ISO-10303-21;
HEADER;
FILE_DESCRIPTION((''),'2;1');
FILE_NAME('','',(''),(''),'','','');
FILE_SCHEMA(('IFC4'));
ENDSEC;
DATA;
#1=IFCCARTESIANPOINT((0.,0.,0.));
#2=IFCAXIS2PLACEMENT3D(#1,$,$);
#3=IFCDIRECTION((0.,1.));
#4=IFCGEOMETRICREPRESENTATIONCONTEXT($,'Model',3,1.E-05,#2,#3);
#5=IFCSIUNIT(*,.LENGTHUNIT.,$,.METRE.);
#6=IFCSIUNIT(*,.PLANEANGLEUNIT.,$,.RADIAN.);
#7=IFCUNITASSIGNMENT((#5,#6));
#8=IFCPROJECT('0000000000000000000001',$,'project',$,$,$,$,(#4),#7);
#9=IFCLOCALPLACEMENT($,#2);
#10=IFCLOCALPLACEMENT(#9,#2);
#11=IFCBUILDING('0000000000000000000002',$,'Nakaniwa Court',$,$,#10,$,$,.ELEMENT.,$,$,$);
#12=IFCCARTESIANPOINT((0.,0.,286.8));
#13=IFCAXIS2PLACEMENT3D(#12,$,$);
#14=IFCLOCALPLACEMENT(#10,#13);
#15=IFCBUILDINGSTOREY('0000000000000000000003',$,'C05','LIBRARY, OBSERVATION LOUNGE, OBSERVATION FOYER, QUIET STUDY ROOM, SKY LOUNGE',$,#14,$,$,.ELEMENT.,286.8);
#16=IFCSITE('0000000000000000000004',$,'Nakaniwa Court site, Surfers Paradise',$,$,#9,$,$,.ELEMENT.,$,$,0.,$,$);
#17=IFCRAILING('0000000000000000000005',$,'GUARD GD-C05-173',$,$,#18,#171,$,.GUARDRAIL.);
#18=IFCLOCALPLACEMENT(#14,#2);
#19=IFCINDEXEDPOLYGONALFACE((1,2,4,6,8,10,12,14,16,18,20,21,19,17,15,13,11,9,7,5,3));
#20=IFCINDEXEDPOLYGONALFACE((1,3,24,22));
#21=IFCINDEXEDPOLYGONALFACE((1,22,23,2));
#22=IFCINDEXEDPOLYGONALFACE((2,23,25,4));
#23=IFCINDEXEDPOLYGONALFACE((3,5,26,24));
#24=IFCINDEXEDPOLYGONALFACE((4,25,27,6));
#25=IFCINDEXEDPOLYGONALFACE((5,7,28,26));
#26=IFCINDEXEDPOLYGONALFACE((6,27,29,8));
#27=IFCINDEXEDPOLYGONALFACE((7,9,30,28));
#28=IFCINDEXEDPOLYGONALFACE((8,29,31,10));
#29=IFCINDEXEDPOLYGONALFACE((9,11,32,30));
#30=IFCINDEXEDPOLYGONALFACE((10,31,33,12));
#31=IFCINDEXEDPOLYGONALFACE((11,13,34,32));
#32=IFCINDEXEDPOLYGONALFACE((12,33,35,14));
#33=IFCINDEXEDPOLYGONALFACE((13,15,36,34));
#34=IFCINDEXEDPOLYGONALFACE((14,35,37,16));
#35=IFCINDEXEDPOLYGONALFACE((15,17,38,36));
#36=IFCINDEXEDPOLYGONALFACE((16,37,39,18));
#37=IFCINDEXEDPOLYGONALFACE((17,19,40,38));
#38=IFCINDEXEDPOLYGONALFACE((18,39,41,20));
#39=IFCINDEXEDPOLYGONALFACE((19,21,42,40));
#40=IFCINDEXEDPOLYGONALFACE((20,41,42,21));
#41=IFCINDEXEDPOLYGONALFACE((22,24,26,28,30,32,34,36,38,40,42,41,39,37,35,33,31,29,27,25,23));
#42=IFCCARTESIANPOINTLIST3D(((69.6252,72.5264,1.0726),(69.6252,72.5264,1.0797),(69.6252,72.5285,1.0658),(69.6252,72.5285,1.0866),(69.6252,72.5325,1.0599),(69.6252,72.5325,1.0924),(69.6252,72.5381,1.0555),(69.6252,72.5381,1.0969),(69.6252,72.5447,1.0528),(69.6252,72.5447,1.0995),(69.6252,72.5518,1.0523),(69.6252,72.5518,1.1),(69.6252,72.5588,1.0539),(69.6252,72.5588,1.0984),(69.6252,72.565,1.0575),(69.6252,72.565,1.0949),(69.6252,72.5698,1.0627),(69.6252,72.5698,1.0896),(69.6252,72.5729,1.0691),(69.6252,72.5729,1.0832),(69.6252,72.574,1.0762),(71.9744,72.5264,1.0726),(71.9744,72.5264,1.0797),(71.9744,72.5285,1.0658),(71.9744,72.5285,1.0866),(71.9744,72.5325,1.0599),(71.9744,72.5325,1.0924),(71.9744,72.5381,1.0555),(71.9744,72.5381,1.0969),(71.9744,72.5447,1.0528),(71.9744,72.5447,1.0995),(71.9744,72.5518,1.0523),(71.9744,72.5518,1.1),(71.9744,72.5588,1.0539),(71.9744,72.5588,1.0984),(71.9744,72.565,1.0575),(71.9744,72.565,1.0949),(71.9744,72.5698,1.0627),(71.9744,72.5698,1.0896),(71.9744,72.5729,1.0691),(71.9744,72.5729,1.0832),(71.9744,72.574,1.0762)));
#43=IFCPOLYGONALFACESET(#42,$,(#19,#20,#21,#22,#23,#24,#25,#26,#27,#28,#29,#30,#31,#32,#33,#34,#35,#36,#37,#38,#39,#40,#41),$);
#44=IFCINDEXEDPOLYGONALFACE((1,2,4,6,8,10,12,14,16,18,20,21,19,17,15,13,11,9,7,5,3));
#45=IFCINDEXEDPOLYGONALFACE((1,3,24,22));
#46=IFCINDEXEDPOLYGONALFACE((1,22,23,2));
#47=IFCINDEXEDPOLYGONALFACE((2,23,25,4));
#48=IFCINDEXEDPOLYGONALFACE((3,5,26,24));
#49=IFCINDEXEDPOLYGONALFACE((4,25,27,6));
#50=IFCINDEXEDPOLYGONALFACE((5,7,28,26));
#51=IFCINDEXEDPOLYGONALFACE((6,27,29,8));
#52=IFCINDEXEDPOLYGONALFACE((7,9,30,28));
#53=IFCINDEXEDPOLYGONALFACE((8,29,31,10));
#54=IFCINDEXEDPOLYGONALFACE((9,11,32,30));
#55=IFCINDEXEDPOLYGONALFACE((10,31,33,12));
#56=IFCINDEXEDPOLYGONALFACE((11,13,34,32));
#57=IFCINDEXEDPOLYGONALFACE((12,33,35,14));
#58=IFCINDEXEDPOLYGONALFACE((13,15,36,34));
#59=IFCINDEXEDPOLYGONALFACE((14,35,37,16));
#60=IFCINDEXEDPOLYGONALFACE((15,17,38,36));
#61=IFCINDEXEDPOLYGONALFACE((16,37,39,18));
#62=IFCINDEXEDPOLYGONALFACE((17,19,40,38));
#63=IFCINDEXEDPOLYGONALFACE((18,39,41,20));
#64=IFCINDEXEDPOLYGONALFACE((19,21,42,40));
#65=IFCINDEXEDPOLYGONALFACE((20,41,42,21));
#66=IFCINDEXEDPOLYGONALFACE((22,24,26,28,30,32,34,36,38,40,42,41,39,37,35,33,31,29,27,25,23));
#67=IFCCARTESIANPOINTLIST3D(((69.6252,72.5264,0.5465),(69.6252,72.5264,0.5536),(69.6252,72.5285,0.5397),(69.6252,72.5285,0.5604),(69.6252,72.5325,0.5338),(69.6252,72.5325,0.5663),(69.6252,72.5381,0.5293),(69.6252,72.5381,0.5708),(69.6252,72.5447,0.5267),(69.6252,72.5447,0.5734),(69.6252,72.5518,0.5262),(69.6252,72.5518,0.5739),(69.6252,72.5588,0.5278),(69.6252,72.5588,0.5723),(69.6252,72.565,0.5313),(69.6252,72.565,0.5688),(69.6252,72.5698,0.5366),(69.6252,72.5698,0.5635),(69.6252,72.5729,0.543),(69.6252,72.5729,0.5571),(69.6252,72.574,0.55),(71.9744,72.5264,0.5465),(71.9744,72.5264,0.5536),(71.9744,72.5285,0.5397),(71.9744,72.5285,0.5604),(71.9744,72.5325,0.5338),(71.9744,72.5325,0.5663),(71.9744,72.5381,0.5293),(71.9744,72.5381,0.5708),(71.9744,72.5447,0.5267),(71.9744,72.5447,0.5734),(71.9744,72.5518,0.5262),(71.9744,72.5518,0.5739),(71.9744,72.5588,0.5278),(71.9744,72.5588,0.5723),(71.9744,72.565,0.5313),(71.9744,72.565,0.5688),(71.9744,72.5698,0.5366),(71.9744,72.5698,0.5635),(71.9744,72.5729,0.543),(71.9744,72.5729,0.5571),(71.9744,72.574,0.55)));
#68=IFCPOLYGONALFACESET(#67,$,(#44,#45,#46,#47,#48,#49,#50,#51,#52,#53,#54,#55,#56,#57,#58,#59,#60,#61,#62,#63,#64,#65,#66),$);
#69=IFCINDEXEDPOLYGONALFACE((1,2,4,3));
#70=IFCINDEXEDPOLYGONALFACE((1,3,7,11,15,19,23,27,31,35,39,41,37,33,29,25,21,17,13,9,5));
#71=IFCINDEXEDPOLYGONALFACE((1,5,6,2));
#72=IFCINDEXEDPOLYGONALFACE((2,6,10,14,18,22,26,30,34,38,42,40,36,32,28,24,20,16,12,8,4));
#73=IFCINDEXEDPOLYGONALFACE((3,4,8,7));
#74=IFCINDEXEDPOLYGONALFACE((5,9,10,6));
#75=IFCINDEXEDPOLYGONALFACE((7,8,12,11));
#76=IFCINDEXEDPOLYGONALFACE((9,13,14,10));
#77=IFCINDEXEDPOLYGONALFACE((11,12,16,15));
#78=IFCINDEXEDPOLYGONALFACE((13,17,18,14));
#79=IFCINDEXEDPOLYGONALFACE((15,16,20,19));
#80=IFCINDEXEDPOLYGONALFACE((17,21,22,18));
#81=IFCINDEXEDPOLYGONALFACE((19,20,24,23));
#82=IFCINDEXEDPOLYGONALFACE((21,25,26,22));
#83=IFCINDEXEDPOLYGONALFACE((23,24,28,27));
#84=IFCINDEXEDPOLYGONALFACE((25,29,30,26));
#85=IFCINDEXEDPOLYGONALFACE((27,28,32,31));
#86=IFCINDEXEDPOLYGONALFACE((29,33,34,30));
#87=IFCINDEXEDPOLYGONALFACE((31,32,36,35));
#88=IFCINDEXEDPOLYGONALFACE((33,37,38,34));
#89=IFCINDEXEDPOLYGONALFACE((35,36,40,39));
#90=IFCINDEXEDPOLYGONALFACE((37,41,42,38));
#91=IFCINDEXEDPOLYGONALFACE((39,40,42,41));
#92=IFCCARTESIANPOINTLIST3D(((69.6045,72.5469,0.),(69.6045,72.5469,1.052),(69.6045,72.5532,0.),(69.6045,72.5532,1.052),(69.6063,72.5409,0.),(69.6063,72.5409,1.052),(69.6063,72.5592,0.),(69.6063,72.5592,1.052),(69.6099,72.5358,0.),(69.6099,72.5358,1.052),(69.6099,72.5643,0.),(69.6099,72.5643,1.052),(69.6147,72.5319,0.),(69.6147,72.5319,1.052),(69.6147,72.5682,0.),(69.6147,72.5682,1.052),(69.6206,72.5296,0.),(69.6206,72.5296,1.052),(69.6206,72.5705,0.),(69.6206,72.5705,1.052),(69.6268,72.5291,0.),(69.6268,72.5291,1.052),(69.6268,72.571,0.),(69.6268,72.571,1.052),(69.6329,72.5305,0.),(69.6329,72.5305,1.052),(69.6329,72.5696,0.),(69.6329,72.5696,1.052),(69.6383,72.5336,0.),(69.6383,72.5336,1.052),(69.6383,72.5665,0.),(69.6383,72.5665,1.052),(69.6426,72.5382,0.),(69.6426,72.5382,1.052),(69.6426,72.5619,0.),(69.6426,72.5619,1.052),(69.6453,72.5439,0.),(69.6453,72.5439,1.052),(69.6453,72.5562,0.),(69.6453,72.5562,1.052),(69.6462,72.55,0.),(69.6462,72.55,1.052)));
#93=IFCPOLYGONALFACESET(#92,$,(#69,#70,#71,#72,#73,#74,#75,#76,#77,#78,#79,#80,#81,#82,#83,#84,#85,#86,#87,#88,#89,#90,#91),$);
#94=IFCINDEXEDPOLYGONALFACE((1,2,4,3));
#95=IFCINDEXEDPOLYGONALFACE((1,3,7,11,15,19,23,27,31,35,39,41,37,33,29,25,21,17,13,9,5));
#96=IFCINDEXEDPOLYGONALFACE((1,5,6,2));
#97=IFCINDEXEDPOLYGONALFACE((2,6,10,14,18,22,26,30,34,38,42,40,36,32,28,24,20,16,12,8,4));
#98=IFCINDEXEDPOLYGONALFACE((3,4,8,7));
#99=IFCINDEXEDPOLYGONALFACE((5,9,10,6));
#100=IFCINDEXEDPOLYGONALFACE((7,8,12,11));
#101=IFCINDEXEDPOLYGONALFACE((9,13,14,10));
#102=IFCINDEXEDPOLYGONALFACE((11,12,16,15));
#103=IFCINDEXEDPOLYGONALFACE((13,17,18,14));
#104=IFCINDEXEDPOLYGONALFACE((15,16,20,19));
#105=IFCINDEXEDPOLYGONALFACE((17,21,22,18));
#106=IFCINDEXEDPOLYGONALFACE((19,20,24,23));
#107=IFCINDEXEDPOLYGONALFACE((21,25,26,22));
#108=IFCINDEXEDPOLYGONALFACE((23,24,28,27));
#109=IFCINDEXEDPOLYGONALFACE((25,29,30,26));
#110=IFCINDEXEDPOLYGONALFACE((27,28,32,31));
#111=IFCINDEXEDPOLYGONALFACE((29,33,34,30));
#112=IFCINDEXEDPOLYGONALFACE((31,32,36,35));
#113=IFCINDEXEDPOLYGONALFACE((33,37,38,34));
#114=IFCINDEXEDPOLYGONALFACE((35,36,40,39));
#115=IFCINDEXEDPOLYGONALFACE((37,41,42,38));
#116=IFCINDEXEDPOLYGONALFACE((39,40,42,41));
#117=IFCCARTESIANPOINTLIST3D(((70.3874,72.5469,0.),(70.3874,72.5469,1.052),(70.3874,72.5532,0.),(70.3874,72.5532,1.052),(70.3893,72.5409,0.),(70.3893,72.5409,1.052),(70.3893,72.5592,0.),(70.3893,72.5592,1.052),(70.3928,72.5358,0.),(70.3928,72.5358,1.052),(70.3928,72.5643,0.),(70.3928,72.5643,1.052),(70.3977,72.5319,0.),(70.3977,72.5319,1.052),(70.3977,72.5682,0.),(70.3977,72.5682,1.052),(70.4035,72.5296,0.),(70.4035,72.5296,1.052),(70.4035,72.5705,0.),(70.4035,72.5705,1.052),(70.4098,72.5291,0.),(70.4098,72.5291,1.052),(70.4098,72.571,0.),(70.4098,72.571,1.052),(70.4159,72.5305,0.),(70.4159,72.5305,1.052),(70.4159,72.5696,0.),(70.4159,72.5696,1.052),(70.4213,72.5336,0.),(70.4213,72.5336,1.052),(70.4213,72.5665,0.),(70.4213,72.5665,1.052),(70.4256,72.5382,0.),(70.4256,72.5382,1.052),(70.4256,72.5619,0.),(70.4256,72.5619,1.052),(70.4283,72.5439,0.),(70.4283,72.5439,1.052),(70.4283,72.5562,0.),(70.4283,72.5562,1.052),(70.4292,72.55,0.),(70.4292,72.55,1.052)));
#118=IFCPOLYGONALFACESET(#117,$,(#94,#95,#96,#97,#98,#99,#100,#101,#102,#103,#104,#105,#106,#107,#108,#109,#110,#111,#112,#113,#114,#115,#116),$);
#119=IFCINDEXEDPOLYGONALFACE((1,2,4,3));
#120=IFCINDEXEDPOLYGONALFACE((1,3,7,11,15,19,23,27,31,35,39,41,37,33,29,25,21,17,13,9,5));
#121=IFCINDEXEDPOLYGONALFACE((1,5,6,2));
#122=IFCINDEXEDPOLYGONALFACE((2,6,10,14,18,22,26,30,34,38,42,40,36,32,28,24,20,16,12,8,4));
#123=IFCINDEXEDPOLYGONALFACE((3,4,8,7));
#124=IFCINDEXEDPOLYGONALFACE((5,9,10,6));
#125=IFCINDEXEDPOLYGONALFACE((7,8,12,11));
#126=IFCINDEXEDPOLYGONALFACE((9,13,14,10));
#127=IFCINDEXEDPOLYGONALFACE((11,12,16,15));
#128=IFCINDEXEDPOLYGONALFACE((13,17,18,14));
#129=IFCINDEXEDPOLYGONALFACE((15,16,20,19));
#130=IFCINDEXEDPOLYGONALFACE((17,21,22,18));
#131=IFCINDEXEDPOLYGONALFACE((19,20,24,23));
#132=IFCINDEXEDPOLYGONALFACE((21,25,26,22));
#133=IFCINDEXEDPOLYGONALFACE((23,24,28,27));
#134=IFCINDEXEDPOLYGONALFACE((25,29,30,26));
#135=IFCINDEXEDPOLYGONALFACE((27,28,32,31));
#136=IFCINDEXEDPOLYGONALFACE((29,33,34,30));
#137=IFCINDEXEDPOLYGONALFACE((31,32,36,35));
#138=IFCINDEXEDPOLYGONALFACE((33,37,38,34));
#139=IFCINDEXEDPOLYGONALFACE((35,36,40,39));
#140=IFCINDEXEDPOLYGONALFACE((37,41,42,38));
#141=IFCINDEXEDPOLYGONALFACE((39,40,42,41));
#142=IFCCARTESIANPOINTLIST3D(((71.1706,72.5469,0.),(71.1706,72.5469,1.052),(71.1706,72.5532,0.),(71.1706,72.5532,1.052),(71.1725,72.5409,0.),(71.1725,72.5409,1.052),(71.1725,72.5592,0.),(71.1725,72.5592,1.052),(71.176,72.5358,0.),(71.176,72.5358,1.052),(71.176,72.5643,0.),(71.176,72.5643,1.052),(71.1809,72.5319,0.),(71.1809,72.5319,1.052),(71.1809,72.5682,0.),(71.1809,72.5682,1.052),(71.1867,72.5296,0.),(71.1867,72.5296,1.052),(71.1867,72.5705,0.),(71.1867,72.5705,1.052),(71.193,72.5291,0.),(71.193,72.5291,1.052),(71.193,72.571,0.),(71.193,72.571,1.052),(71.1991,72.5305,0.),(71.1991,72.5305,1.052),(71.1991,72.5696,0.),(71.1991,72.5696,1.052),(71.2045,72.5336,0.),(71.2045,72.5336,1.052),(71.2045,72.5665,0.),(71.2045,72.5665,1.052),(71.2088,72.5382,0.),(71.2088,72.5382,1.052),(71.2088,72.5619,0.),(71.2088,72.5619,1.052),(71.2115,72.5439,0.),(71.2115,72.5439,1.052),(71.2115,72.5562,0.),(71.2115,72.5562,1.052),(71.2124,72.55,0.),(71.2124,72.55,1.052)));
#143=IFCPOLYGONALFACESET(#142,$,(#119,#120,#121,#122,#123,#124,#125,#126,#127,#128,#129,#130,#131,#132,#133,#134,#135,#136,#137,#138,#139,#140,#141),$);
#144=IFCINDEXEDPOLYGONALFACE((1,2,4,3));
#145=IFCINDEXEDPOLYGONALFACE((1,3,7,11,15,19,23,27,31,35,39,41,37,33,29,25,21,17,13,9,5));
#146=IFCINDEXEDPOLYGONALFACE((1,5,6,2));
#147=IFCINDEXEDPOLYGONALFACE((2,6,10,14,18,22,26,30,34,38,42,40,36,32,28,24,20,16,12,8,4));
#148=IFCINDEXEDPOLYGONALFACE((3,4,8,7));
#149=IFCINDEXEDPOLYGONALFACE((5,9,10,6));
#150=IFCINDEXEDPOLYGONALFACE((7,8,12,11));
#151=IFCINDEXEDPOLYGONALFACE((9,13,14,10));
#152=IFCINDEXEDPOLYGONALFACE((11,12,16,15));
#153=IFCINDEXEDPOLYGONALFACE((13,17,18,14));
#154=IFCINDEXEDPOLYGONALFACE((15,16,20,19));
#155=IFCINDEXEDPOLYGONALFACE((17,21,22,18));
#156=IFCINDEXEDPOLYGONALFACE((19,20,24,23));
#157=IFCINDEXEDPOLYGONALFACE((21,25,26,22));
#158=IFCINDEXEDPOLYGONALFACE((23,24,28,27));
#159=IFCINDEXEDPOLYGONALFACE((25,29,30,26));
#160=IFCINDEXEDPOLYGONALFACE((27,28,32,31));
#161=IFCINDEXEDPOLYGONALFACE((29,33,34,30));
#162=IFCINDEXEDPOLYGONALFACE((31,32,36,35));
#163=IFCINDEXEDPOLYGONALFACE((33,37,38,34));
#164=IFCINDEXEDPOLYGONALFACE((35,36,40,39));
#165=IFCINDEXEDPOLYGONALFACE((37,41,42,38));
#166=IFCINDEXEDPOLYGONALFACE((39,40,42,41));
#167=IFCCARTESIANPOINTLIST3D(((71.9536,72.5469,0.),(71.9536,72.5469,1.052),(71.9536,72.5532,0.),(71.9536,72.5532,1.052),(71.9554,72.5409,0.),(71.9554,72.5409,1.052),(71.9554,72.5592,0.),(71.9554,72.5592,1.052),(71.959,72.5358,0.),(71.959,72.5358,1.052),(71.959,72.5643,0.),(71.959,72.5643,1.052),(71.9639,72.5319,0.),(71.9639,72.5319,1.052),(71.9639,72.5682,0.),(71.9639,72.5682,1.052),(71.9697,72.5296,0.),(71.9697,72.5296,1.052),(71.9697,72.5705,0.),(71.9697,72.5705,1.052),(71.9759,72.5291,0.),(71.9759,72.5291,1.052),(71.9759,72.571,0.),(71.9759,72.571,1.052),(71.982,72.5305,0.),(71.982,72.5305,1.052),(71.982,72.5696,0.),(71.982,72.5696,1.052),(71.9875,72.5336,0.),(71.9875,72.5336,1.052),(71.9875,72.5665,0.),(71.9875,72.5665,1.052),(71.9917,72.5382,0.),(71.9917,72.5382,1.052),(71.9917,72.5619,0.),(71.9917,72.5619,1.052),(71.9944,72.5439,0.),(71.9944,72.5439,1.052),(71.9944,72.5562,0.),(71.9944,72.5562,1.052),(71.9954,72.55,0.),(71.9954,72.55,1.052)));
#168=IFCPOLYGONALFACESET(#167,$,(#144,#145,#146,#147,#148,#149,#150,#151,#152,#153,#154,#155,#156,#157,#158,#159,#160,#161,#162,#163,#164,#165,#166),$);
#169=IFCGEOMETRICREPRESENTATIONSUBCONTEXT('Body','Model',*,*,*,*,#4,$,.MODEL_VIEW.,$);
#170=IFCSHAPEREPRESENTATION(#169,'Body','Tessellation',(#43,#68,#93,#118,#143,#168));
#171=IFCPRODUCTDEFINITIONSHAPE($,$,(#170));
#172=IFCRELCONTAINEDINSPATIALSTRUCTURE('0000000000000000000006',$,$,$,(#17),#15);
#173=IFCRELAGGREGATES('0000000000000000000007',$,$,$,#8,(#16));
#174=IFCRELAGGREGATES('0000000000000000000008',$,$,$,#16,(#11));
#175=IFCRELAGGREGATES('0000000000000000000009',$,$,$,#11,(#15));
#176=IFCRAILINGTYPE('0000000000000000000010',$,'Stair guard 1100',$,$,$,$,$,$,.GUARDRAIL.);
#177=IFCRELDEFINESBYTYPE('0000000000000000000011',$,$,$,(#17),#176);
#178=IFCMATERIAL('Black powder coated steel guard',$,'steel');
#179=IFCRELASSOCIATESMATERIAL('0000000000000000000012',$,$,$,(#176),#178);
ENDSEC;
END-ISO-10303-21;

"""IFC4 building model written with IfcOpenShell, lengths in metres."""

from ifc_helpers import new_model, si_unit, direction, frame, origin, origin_2d, place, context, subcontext, project, spatial, circle, extrude, material, type_object, element, save


model = new_model("IFC4")

# Units and contexts
model_context = context("Model", 3, precision=1e-05, world=origin(), true_north=direction((0.0, 1.0)))
body_context = subcontext(model_context, "Body", "Model", "MODEL_VIEW")
ifc_project = project(units=[si_unit("LENGTHUNIT", "METRE"), si_unit("PLANEANGLEUNIT", "RADIAN")], contexts=[model_context])

# Site, building, storey
site_placement = place(None, origin())
site = spatial("IfcSite", under=ifc_project, at=site_placement, Name="Nakaniwa Court site, Surfers Paradise", CompositionType="ELEMENT", RefElevation=0.0)
building_placement = place(site_placement, origin())
building = spatial("IfcBuilding", under=site, at=building_placement, Name="Nakaniwa Court", CompositionType="ELEMENT")
storey_placement = place(building_placement, frame((0.0, 0.0, 286.8)))
storey = spatial("IfcBuildingStorey", under=building, at=storey_placement, Name="C05", Description="LIBRARY, OBSERVATION LOUNGE, OBSERVATION FOYER, QUIET STUDY ROOM, SKY LOUNGE", CompositionType="ELEMENT", Elevation=286.8)

# Railing
ifc_material_1 = material(Name="Black powder coated steel guard", Category="steel")
railing_type = type_object("IfcRailingType", Name="Stair guard 1100", PredefinedType="GUARDRAIL", material=ifc_material_1)
railing_placement = place(storey_placement, frame((69.6252, 72.55, 0.0)))
element("IfcRailing", 1, at=railing_placement, inside=storey, type_object=railing_type, Name="GUARD GD-C05-173", PredefinedType="GUARDRAIL", context=body_context, shape_type="SweptSolid", body=[
    extrude(circle(Radius=0.0239, at=origin_2d()), frame((0.0, 0.0, 1.0762), z_axis=(1.0, 0.0, 0.0), x_axis=(0.0, 1.0, 0.0)), (0.0, 0.0, 1.0), 2.3491),
    extrude(circle(Radius=0.0239, at=origin_2d()), frame((0.0, 0.0, 0.55), z_axis=(1.0, 0.0, 0.0), x_axis=(0.0, 1.0, 0.0)), (0.0, 0.0, 1.0), 2.3491),
    extrude(circle(Radius=0.021, at=origin_2d()), origin(), (0.0, 0.0, 1.0), 1.052),
    extrude(circle(Radius=0.021, at=origin_2d()), frame((0.783, 0.0, 0.0)), (0.0, 0.0, 1.0), 1.052),
    extrude(circle(Radius=0.021, at=origin_2d()), frame((1.5662, 0.0, 0.0)), (0.0, 0.0, 1.0), 1.052),
    extrude(circle(Radius=0.021, at=origin_2d()), frame((2.3491, 0.0, 0.0)), (0.0, 0.0, 1.0), 1.052),
])

save(model, "model.ifc")
